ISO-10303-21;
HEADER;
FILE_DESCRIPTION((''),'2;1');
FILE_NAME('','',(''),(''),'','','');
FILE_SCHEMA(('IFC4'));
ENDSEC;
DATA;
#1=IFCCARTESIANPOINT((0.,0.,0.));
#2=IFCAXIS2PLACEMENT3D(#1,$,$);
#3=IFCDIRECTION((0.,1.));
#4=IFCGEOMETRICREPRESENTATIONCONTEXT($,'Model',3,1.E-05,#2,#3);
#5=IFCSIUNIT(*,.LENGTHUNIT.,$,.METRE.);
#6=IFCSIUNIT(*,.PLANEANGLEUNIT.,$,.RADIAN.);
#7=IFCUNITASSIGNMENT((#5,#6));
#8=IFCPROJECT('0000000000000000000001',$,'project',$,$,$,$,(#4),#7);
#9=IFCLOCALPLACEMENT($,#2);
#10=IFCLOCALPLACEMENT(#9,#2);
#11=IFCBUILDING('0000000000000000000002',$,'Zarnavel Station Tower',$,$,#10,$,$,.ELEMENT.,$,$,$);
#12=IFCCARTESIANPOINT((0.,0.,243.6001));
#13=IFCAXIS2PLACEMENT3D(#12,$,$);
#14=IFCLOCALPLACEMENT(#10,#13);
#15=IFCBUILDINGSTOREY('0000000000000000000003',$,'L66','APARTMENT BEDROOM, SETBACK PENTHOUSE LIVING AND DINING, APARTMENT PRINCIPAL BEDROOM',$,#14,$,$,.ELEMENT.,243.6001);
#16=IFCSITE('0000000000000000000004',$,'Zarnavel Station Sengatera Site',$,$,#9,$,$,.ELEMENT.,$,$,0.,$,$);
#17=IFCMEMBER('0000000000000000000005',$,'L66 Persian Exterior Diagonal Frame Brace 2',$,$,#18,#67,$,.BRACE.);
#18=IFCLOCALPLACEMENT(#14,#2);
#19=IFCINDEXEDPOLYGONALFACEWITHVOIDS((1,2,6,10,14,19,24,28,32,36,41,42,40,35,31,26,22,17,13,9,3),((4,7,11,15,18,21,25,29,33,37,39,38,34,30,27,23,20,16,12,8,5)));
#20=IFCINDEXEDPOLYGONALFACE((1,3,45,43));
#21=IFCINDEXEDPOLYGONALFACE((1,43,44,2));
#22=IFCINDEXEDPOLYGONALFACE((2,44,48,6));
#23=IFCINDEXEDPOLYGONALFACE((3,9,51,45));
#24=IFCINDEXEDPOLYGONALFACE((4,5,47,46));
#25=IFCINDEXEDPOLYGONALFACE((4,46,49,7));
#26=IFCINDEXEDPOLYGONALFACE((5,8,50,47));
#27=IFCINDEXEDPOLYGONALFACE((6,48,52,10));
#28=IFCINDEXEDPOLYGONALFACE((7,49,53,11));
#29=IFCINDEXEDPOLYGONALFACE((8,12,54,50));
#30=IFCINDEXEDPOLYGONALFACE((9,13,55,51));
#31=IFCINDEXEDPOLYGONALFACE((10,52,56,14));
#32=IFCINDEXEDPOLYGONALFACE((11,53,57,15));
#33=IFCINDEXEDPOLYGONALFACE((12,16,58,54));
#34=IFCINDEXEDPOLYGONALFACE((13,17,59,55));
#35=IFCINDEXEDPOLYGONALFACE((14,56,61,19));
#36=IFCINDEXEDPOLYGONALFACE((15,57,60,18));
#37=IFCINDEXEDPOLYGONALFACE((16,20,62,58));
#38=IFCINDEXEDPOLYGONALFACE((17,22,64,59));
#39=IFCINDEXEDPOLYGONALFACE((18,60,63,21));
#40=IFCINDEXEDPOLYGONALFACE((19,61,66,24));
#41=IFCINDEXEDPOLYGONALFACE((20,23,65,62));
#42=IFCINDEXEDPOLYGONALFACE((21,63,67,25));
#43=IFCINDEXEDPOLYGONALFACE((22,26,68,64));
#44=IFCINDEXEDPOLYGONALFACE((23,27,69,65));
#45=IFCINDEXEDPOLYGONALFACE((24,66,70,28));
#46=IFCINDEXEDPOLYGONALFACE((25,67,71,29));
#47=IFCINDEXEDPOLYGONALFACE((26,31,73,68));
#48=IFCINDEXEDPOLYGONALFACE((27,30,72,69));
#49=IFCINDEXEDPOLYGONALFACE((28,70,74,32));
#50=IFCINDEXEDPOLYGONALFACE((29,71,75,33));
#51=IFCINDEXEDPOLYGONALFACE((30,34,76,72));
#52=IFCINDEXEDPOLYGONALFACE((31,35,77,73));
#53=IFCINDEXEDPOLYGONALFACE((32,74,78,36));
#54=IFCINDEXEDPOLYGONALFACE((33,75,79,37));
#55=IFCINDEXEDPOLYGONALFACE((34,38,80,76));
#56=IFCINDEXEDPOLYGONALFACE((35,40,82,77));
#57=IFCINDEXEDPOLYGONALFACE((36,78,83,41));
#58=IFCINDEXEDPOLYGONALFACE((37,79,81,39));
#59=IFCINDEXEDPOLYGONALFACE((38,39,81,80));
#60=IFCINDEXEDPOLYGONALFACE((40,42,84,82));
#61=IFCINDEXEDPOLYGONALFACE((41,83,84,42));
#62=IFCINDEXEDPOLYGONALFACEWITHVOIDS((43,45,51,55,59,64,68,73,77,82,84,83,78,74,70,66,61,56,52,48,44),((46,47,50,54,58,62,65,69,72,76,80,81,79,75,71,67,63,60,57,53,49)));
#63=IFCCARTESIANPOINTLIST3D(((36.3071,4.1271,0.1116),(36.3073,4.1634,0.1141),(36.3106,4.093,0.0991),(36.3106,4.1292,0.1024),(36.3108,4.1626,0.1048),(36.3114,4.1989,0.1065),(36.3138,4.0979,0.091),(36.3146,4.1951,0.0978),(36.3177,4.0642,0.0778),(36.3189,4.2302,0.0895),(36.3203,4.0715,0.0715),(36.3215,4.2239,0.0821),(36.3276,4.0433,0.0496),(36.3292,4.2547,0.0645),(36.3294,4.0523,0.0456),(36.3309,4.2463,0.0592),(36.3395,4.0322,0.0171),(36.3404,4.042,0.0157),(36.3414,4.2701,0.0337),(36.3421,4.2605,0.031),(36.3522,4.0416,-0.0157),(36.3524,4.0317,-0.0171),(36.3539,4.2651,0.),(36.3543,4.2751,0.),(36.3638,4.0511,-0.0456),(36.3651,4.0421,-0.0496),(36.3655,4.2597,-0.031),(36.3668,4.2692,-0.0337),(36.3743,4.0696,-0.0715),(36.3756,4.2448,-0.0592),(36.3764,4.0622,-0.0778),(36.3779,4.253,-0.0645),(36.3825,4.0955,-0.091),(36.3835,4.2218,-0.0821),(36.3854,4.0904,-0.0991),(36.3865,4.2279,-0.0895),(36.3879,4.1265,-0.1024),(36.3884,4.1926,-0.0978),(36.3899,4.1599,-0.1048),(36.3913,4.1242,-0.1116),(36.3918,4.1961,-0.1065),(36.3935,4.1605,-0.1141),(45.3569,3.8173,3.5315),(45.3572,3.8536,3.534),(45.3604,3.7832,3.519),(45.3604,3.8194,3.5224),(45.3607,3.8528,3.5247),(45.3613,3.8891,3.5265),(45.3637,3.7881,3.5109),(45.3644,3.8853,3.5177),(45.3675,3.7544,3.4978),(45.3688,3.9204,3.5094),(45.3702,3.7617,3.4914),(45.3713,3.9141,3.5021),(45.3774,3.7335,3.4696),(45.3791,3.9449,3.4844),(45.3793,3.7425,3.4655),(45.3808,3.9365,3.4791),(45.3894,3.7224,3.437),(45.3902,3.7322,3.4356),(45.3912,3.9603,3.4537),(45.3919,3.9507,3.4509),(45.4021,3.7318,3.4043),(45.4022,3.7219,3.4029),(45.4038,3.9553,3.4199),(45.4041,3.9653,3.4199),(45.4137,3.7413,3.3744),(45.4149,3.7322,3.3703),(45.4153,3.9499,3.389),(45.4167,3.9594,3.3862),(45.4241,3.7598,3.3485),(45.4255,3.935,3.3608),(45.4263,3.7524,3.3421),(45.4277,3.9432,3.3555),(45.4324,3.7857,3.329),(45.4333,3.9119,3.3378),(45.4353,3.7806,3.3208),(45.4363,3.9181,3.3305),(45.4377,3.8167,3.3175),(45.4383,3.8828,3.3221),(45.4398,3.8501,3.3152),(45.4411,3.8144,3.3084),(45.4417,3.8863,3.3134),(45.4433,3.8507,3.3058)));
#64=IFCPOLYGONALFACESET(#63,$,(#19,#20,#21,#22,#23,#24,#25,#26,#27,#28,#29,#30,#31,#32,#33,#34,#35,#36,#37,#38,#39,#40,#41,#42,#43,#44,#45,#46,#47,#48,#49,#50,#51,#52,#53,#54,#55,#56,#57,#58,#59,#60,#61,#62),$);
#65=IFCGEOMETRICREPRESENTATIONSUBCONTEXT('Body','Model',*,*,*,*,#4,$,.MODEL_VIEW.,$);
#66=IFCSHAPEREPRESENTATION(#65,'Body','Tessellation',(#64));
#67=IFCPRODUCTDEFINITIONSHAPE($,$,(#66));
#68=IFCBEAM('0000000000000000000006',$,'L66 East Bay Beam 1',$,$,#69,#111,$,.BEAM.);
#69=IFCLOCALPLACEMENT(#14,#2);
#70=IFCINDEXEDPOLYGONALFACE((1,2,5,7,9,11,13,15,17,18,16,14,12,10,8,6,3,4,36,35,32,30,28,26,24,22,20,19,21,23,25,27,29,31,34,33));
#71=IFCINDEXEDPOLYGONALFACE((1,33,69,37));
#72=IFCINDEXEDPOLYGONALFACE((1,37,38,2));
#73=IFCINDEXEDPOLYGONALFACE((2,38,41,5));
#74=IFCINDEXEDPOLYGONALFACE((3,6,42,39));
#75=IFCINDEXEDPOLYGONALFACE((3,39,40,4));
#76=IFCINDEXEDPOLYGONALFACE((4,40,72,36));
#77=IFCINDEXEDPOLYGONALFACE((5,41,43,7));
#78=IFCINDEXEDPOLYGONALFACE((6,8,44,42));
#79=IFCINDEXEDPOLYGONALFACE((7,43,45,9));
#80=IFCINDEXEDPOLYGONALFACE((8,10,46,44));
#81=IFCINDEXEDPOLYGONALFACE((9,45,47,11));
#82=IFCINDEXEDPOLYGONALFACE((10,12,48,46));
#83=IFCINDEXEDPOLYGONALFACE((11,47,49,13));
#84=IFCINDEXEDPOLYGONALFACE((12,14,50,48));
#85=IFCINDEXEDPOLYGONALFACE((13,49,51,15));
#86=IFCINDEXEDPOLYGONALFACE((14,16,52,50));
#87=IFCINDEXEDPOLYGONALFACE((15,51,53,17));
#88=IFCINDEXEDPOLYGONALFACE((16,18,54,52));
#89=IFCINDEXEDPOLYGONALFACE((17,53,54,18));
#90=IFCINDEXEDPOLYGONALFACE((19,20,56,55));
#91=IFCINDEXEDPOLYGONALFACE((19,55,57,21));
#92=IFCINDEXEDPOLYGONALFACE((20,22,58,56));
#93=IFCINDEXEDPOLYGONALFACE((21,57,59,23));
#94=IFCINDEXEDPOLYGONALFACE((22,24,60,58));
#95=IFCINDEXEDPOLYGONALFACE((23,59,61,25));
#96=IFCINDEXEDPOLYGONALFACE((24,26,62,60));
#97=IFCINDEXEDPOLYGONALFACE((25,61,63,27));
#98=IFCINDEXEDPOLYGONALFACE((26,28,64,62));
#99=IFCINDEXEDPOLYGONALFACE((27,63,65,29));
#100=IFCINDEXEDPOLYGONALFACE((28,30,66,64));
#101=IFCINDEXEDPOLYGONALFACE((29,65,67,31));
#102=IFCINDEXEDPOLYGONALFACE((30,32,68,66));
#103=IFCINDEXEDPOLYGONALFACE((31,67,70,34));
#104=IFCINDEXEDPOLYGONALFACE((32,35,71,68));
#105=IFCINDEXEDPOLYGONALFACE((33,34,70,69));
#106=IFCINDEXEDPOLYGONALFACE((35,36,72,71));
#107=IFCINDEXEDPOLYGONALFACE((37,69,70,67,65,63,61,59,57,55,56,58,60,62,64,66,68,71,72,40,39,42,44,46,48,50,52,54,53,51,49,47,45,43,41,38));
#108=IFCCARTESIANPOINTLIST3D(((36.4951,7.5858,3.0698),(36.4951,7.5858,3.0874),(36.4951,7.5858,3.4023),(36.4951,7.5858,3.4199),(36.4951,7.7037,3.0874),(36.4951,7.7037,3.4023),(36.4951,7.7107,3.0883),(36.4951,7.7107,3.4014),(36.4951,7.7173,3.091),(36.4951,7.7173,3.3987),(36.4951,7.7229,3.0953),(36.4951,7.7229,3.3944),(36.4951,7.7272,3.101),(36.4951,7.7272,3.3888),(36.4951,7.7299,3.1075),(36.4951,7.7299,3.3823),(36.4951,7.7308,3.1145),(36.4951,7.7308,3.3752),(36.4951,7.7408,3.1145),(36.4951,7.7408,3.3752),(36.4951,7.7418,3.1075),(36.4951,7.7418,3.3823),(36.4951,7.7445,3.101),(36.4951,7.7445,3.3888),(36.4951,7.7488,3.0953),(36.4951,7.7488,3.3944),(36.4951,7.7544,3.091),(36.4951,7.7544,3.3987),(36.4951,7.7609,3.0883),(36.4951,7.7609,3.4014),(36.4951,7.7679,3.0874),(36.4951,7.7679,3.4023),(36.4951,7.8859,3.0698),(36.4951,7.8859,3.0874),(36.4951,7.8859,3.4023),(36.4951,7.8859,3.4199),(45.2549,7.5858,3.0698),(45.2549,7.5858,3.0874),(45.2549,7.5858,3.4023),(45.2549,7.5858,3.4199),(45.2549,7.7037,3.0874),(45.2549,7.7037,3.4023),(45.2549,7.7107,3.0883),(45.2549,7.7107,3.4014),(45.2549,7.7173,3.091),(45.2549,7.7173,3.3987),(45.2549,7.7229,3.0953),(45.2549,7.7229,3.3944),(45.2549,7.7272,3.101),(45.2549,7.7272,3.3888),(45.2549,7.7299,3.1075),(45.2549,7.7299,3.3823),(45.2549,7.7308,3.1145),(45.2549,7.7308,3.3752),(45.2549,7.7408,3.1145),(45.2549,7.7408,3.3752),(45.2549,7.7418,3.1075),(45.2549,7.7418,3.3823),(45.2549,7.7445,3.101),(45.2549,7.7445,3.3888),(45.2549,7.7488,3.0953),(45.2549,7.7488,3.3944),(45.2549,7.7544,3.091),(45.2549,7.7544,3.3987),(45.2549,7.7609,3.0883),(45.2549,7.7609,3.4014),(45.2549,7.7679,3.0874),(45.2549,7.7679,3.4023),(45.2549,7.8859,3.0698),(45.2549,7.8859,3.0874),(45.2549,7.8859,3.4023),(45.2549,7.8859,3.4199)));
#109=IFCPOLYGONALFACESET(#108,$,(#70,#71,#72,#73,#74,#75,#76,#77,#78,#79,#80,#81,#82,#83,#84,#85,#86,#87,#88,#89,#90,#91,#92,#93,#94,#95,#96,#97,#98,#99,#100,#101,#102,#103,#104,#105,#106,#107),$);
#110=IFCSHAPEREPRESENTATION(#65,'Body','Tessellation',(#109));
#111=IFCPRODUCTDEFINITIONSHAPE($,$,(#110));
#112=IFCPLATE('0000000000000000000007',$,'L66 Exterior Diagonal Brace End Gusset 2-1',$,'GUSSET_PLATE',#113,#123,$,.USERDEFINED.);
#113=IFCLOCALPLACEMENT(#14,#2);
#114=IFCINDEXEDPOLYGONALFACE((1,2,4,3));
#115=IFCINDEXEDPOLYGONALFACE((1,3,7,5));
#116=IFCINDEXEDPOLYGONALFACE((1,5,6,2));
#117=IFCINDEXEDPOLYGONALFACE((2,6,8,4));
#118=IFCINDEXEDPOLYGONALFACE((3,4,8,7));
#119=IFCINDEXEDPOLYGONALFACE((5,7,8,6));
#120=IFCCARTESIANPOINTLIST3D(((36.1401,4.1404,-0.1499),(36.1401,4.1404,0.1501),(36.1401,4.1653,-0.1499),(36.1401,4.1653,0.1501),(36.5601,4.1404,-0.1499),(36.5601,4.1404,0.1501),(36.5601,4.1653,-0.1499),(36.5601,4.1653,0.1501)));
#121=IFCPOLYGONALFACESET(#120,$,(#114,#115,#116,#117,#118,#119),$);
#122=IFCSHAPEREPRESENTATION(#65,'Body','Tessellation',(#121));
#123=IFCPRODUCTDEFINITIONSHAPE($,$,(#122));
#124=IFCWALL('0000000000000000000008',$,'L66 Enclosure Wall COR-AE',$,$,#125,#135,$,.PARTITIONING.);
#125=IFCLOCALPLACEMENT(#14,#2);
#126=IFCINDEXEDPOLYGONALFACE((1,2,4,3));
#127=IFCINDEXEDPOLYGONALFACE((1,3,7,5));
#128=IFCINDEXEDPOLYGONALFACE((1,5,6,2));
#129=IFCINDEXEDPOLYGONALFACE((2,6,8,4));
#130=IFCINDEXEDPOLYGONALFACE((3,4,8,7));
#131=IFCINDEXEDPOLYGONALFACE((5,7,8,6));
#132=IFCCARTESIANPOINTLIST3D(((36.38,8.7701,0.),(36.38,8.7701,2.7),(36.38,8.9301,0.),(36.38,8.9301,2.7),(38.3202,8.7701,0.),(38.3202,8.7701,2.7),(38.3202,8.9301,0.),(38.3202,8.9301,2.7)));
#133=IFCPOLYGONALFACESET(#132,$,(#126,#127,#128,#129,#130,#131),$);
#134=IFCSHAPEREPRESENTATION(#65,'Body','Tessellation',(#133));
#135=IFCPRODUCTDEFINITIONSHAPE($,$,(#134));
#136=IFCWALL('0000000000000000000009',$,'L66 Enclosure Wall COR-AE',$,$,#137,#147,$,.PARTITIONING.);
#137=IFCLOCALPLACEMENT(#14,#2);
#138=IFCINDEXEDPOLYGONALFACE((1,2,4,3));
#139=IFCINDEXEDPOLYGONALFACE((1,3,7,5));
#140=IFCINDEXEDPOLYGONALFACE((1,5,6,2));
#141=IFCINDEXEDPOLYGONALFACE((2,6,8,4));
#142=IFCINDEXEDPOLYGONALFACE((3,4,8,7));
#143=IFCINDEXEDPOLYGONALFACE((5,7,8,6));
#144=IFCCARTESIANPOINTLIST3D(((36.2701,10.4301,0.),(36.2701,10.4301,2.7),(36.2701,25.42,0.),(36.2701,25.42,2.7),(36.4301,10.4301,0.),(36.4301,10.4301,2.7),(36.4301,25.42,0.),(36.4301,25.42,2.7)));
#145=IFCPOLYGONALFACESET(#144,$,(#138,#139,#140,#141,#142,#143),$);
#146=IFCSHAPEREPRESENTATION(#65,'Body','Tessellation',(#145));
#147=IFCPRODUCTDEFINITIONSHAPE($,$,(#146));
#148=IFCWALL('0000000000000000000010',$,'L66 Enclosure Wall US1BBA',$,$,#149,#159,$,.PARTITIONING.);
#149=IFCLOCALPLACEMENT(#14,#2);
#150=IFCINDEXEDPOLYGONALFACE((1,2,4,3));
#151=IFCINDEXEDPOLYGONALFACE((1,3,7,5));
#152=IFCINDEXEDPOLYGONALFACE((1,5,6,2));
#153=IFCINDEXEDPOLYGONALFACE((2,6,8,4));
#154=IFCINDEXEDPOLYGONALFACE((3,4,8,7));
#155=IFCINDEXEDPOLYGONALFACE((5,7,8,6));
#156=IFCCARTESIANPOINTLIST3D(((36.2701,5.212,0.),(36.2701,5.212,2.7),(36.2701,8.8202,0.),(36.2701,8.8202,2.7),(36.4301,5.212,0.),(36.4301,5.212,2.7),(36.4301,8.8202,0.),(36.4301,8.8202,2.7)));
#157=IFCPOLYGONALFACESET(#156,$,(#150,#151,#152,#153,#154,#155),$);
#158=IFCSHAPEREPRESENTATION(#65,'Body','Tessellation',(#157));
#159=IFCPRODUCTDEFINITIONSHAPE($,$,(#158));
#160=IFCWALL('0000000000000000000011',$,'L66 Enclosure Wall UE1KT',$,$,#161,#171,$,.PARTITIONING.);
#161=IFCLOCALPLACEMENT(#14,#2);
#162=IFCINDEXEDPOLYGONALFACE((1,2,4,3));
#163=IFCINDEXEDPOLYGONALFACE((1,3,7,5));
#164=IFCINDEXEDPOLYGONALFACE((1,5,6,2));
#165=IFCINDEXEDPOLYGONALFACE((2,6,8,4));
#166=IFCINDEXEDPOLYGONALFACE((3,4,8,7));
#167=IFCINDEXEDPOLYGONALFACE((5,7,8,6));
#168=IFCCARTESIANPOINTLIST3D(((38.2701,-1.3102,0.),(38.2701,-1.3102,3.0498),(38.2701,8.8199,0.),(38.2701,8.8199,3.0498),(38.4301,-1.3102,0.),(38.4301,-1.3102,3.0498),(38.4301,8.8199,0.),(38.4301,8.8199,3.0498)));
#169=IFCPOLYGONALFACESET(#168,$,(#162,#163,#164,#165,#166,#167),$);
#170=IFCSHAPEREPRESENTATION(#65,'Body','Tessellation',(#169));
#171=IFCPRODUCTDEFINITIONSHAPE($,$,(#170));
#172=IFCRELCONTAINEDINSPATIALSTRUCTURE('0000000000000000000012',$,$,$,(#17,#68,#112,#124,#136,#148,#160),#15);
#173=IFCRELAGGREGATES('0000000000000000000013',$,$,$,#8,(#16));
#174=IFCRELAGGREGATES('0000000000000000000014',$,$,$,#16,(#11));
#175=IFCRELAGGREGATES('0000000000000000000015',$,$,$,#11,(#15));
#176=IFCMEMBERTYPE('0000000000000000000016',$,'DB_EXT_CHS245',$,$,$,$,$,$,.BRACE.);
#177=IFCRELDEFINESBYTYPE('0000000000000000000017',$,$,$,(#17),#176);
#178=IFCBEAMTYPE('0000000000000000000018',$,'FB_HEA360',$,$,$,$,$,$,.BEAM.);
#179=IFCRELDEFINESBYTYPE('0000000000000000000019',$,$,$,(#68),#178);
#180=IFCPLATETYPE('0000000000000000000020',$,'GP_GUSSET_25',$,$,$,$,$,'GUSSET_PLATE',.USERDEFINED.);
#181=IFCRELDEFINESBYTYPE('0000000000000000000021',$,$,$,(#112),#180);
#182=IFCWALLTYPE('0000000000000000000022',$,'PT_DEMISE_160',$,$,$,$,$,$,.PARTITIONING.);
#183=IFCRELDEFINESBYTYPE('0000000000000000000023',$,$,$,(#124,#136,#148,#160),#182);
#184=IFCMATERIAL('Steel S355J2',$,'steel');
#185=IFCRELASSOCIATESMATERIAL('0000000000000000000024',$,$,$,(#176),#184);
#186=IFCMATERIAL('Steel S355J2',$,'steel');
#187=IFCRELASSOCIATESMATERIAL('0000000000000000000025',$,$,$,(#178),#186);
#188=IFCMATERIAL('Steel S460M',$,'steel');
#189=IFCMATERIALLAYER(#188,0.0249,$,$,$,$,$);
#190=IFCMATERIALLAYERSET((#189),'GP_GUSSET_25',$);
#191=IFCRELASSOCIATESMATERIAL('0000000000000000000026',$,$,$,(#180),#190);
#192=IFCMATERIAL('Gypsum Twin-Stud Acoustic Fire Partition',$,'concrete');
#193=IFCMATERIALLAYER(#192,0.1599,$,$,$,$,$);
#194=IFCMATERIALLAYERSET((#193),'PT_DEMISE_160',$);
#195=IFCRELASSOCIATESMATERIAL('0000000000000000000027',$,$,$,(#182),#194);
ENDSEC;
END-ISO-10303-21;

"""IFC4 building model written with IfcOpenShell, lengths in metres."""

from ifc_helpers import new_model, si_unit, direction, frame, frame_2d, origin, origin_2d, place, context, subcontext, project, spatial, rectangle, hollow_circle, i_section, extrude, material, layer, layer_set, material_profile, profile_set, type_object, element, save


model = new_model("IFC4")

# Units and contexts
model_context = context("Model", 3, precision=1e-05, world=origin(), true_north=direction((0.0, 1.0)))
body_context = subcontext(model_context, "Body", "Model", "MODEL_VIEW")
ifc_project = project(units=[si_unit("LENGTHUNIT", "METRE"), si_unit("PLANEANGLEUNIT", "RADIAN")], contexts=[model_context])

# Site, building, storey
site_placement = place(None, origin())
site = spatial("IfcSite", under=ifc_project, at=site_placement, Name="Zarnavel Station Sengatera Site", CompositionType="ELEMENT", RefElevation=0.0)
building_placement = place(site_placement, origin())
building = spatial("IfcBuilding", under=site, at=building_placement, Name="Zarnavel Station Tower", CompositionType="ELEMENT")
storey_placement = place(building_placement, frame((0.0, 0.0, 243.6001)))
storey = spatial("IfcBuildingStorey", under=building, at=storey_placement, Name="L66", Description="APARTMENT BEDROOM, SETBACK PENTHOUSE LIVING AND DINING, APARTMENT PRINCIPAL BEDROOM", CompositionType="ELEMENT", Elevation=243.6001)

# Member
ifc_material_1 = material(Name="Steel S355J2", Category="steel")
ifc_material_profile_1 = material_profile(ifc_material_1, hollow_circle(Radius=0.1223, WallThickness=0.01, at=origin_2d()), Name="CHS244.5x10")
ifc_profile_set_1 = profile_set([ifc_material_profile_1], Name="Steel S355J2")
member_type = type_object("IfcMemberType", Name="DB_EXT_CHS245", PredefinedType="BRACE", material=ifc_profile_set_1)
member_placement = place(storey_placement, frame((36.3501, 4.1528, 0.0), z_axis=(0.934955, -0.032008, 0.35332), x_axis=(0.034214, 0.999415, 0.0)))
element("IfcMember", 1, at=member_placement, inside=storey, type_object=member_type, Name="L66 Persian Exterior Diagonal Frame Brace 2", PredefinedType="BRACE", context=body_context, shape_type="SweptSolid", body=[
    extrude(hollow_circle(Radius=0.1223, WallThickness=0.01, at=origin_2d()), origin(), (0.0, 0.0, 1.0), 9.6794),
])

# Beam
ifc_material_2 = material(Name="Steel S355J2", Category="steel")
ifc_material_profile_2 = material_profile(ifc_material_2, i_section(OverallWidth=0.3, OverallDepth=0.3501, WebThickness=0.01, FlangeThickness=0.0176, FilletRadius=0.0271, at=origin_2d()), Name="HEA360")
ifc_profile_set_2 = profile_set([ifc_material_profile_2], Name="Steel S355J2")
beam_type = type_object("IfcBeamType", Name="FB_HEA360", PredefinedType="BEAM", material=ifc_profile_set_2)
beam_placement = place(storey_placement, frame((36.4951, 7.7358, 3.2449), z_axis=(1.0, 0.0, 0.0), x_axis=(0.0, 1.0, 0.0)))
element("IfcBeam", 2, at=beam_placement, inside=storey, type_object=beam_type, Name="L66 East Bay Beam 1", PredefinedType="BEAM", context=body_context, shape_type="SweptSolid", body=[
    extrude(i_section(OverallWidth=0.3, OverallDepth=0.3501, WebThickness=0.01, FlangeThickness=0.0176, FilletRadius=0.0271, at=origin_2d()), origin(), (0.0, 0.0, 1.0), 8.7598),
])

# Plate
ifc_material_3 = material(Name="Steel S460M", Category="steel")
ifc_layer_1 = layer(ifc_material_3, 0.0249)
ifc_layer_set_1 = layer_set([ifc_layer_1], Name="GP_GUSSET_25")
plate_type = type_object("IfcPlateType", Name="GP_GUSSET_25", ElementType="GUSSET_PLATE", PredefinedType="USERDEFINED", material=ifc_layer_set_1)
plate_placement = place(storey_placement, frame((36.3501, 4.1528, -0.1499), z_axis=(0.0, 0.0, 1.0), x_axis=(1.0, 0.0, 0.0)))
element("IfcPlate", 3, at=plate_placement, inside=storey, type_object=plate_type, Name="L66 Exterior Diagonal Brace End Gusset 2-1", ObjectType="GUSSET_PLATE", PredefinedType="USERDEFINED", context=body_context, shape_type="SweptSolid", body=[
    extrude(rectangle(XDim=0.4199, YDim=0.0249, at=origin_2d()), origin(), (0.0, 0.0, 1.0), 0.3),
])

# Walls
ifc_material_4 = material(Name="Gypsum Twin-Stud Acoustic Fire Partition", Category="concrete")
ifc_layer_2 = layer(ifc_material_4, 0.1599)
ifc_layer_set_2 = layer_set([ifc_layer_2], Name="PT_DEMISE_160")
wall_type_1 = type_object("IfcWallType", Name="PT_DEMISE_160", PredefinedType="PARTITIONING", material=ifc_layer_set_2)
wall_1_placement = place(storey_placement, frame((36.3799, 8.8501, 0.0), z_axis=(0.0, 0.0, 1.0), x_axis=(1.0, 0.0, 0.0)))
element("IfcWall", 4, at=wall_1_placement, inside=storey, type_object=wall_type_1, Name="L66 Enclosure Wall COR-AE", PredefinedType="PARTITIONING", context=body_context, shape_type="SweptSolid", body=[
    extrude(rectangle(XDim=1.9402, YDim=0.1599, at=frame_2d((0.9702, 0.0))), origin(), (0.0, 0.0, 1.0), 2.7),
])
wall_2_placement = place(storey_placement, frame((36.3501, 10.4299, 0.0), z_axis=(0.0, 0.0, 1.0), x_axis=(0.0, 1.0, 0.0)))
element("IfcWall", 5, at=wall_2_placement, inside=storey, type_object=wall_type_1, Name="L66 Enclosure Wall COR-AE", PredefinedType="PARTITIONING", context=body_context, shape_type="SweptSolid", body=[
    extrude(rectangle(XDim=14.99, YDim=0.1599, at=frame_2d((7.4951, 0.0))), origin(), (0.0, 0.0, 1.0), 2.7),
])
wall_3_placement = place(storey_placement, frame((36.3501, 5.2119, 0.0), z_axis=(0.0, 0.0, 1.0), x_axis=(0.0, 1.0, 0.0)))
element("IfcWall", 6, at=wall_3_placement, inside=storey, type_object=wall_type_1, Name="L66 Enclosure Wall US1BBA", PredefinedType="PARTITIONING", context=body_context, shape_type="SweptSolid", body=[
    extrude(rectangle(XDim=3.6082, YDim=0.1599, at=frame_2d((1.8042, 0.0))), origin(), (0.0, 0.0, 1.0), 2.7),
])
wall_4_placement = place(storey_placement, frame((38.3501, -1.3101, 0.0), z_axis=(0.0, 0.0, 1.0), x_axis=(0.0, 1.0, 0.0)))
element("IfcWall", 7, at=wall_4_placement, inside=storey, type_object=wall_type_1, Name="L66 Enclosure Wall UE1KT", PredefinedType="PARTITIONING", context=body_context, shape_type="SweptSolid", body=[
    extrude(rectangle(XDim=10.1301, YDim=0.1599, at=frame_2d((5.0649, 0.0))), origin(), (0.0, 0.0, 1.0), 3.0498),
])

save(model, "model.ifc")
